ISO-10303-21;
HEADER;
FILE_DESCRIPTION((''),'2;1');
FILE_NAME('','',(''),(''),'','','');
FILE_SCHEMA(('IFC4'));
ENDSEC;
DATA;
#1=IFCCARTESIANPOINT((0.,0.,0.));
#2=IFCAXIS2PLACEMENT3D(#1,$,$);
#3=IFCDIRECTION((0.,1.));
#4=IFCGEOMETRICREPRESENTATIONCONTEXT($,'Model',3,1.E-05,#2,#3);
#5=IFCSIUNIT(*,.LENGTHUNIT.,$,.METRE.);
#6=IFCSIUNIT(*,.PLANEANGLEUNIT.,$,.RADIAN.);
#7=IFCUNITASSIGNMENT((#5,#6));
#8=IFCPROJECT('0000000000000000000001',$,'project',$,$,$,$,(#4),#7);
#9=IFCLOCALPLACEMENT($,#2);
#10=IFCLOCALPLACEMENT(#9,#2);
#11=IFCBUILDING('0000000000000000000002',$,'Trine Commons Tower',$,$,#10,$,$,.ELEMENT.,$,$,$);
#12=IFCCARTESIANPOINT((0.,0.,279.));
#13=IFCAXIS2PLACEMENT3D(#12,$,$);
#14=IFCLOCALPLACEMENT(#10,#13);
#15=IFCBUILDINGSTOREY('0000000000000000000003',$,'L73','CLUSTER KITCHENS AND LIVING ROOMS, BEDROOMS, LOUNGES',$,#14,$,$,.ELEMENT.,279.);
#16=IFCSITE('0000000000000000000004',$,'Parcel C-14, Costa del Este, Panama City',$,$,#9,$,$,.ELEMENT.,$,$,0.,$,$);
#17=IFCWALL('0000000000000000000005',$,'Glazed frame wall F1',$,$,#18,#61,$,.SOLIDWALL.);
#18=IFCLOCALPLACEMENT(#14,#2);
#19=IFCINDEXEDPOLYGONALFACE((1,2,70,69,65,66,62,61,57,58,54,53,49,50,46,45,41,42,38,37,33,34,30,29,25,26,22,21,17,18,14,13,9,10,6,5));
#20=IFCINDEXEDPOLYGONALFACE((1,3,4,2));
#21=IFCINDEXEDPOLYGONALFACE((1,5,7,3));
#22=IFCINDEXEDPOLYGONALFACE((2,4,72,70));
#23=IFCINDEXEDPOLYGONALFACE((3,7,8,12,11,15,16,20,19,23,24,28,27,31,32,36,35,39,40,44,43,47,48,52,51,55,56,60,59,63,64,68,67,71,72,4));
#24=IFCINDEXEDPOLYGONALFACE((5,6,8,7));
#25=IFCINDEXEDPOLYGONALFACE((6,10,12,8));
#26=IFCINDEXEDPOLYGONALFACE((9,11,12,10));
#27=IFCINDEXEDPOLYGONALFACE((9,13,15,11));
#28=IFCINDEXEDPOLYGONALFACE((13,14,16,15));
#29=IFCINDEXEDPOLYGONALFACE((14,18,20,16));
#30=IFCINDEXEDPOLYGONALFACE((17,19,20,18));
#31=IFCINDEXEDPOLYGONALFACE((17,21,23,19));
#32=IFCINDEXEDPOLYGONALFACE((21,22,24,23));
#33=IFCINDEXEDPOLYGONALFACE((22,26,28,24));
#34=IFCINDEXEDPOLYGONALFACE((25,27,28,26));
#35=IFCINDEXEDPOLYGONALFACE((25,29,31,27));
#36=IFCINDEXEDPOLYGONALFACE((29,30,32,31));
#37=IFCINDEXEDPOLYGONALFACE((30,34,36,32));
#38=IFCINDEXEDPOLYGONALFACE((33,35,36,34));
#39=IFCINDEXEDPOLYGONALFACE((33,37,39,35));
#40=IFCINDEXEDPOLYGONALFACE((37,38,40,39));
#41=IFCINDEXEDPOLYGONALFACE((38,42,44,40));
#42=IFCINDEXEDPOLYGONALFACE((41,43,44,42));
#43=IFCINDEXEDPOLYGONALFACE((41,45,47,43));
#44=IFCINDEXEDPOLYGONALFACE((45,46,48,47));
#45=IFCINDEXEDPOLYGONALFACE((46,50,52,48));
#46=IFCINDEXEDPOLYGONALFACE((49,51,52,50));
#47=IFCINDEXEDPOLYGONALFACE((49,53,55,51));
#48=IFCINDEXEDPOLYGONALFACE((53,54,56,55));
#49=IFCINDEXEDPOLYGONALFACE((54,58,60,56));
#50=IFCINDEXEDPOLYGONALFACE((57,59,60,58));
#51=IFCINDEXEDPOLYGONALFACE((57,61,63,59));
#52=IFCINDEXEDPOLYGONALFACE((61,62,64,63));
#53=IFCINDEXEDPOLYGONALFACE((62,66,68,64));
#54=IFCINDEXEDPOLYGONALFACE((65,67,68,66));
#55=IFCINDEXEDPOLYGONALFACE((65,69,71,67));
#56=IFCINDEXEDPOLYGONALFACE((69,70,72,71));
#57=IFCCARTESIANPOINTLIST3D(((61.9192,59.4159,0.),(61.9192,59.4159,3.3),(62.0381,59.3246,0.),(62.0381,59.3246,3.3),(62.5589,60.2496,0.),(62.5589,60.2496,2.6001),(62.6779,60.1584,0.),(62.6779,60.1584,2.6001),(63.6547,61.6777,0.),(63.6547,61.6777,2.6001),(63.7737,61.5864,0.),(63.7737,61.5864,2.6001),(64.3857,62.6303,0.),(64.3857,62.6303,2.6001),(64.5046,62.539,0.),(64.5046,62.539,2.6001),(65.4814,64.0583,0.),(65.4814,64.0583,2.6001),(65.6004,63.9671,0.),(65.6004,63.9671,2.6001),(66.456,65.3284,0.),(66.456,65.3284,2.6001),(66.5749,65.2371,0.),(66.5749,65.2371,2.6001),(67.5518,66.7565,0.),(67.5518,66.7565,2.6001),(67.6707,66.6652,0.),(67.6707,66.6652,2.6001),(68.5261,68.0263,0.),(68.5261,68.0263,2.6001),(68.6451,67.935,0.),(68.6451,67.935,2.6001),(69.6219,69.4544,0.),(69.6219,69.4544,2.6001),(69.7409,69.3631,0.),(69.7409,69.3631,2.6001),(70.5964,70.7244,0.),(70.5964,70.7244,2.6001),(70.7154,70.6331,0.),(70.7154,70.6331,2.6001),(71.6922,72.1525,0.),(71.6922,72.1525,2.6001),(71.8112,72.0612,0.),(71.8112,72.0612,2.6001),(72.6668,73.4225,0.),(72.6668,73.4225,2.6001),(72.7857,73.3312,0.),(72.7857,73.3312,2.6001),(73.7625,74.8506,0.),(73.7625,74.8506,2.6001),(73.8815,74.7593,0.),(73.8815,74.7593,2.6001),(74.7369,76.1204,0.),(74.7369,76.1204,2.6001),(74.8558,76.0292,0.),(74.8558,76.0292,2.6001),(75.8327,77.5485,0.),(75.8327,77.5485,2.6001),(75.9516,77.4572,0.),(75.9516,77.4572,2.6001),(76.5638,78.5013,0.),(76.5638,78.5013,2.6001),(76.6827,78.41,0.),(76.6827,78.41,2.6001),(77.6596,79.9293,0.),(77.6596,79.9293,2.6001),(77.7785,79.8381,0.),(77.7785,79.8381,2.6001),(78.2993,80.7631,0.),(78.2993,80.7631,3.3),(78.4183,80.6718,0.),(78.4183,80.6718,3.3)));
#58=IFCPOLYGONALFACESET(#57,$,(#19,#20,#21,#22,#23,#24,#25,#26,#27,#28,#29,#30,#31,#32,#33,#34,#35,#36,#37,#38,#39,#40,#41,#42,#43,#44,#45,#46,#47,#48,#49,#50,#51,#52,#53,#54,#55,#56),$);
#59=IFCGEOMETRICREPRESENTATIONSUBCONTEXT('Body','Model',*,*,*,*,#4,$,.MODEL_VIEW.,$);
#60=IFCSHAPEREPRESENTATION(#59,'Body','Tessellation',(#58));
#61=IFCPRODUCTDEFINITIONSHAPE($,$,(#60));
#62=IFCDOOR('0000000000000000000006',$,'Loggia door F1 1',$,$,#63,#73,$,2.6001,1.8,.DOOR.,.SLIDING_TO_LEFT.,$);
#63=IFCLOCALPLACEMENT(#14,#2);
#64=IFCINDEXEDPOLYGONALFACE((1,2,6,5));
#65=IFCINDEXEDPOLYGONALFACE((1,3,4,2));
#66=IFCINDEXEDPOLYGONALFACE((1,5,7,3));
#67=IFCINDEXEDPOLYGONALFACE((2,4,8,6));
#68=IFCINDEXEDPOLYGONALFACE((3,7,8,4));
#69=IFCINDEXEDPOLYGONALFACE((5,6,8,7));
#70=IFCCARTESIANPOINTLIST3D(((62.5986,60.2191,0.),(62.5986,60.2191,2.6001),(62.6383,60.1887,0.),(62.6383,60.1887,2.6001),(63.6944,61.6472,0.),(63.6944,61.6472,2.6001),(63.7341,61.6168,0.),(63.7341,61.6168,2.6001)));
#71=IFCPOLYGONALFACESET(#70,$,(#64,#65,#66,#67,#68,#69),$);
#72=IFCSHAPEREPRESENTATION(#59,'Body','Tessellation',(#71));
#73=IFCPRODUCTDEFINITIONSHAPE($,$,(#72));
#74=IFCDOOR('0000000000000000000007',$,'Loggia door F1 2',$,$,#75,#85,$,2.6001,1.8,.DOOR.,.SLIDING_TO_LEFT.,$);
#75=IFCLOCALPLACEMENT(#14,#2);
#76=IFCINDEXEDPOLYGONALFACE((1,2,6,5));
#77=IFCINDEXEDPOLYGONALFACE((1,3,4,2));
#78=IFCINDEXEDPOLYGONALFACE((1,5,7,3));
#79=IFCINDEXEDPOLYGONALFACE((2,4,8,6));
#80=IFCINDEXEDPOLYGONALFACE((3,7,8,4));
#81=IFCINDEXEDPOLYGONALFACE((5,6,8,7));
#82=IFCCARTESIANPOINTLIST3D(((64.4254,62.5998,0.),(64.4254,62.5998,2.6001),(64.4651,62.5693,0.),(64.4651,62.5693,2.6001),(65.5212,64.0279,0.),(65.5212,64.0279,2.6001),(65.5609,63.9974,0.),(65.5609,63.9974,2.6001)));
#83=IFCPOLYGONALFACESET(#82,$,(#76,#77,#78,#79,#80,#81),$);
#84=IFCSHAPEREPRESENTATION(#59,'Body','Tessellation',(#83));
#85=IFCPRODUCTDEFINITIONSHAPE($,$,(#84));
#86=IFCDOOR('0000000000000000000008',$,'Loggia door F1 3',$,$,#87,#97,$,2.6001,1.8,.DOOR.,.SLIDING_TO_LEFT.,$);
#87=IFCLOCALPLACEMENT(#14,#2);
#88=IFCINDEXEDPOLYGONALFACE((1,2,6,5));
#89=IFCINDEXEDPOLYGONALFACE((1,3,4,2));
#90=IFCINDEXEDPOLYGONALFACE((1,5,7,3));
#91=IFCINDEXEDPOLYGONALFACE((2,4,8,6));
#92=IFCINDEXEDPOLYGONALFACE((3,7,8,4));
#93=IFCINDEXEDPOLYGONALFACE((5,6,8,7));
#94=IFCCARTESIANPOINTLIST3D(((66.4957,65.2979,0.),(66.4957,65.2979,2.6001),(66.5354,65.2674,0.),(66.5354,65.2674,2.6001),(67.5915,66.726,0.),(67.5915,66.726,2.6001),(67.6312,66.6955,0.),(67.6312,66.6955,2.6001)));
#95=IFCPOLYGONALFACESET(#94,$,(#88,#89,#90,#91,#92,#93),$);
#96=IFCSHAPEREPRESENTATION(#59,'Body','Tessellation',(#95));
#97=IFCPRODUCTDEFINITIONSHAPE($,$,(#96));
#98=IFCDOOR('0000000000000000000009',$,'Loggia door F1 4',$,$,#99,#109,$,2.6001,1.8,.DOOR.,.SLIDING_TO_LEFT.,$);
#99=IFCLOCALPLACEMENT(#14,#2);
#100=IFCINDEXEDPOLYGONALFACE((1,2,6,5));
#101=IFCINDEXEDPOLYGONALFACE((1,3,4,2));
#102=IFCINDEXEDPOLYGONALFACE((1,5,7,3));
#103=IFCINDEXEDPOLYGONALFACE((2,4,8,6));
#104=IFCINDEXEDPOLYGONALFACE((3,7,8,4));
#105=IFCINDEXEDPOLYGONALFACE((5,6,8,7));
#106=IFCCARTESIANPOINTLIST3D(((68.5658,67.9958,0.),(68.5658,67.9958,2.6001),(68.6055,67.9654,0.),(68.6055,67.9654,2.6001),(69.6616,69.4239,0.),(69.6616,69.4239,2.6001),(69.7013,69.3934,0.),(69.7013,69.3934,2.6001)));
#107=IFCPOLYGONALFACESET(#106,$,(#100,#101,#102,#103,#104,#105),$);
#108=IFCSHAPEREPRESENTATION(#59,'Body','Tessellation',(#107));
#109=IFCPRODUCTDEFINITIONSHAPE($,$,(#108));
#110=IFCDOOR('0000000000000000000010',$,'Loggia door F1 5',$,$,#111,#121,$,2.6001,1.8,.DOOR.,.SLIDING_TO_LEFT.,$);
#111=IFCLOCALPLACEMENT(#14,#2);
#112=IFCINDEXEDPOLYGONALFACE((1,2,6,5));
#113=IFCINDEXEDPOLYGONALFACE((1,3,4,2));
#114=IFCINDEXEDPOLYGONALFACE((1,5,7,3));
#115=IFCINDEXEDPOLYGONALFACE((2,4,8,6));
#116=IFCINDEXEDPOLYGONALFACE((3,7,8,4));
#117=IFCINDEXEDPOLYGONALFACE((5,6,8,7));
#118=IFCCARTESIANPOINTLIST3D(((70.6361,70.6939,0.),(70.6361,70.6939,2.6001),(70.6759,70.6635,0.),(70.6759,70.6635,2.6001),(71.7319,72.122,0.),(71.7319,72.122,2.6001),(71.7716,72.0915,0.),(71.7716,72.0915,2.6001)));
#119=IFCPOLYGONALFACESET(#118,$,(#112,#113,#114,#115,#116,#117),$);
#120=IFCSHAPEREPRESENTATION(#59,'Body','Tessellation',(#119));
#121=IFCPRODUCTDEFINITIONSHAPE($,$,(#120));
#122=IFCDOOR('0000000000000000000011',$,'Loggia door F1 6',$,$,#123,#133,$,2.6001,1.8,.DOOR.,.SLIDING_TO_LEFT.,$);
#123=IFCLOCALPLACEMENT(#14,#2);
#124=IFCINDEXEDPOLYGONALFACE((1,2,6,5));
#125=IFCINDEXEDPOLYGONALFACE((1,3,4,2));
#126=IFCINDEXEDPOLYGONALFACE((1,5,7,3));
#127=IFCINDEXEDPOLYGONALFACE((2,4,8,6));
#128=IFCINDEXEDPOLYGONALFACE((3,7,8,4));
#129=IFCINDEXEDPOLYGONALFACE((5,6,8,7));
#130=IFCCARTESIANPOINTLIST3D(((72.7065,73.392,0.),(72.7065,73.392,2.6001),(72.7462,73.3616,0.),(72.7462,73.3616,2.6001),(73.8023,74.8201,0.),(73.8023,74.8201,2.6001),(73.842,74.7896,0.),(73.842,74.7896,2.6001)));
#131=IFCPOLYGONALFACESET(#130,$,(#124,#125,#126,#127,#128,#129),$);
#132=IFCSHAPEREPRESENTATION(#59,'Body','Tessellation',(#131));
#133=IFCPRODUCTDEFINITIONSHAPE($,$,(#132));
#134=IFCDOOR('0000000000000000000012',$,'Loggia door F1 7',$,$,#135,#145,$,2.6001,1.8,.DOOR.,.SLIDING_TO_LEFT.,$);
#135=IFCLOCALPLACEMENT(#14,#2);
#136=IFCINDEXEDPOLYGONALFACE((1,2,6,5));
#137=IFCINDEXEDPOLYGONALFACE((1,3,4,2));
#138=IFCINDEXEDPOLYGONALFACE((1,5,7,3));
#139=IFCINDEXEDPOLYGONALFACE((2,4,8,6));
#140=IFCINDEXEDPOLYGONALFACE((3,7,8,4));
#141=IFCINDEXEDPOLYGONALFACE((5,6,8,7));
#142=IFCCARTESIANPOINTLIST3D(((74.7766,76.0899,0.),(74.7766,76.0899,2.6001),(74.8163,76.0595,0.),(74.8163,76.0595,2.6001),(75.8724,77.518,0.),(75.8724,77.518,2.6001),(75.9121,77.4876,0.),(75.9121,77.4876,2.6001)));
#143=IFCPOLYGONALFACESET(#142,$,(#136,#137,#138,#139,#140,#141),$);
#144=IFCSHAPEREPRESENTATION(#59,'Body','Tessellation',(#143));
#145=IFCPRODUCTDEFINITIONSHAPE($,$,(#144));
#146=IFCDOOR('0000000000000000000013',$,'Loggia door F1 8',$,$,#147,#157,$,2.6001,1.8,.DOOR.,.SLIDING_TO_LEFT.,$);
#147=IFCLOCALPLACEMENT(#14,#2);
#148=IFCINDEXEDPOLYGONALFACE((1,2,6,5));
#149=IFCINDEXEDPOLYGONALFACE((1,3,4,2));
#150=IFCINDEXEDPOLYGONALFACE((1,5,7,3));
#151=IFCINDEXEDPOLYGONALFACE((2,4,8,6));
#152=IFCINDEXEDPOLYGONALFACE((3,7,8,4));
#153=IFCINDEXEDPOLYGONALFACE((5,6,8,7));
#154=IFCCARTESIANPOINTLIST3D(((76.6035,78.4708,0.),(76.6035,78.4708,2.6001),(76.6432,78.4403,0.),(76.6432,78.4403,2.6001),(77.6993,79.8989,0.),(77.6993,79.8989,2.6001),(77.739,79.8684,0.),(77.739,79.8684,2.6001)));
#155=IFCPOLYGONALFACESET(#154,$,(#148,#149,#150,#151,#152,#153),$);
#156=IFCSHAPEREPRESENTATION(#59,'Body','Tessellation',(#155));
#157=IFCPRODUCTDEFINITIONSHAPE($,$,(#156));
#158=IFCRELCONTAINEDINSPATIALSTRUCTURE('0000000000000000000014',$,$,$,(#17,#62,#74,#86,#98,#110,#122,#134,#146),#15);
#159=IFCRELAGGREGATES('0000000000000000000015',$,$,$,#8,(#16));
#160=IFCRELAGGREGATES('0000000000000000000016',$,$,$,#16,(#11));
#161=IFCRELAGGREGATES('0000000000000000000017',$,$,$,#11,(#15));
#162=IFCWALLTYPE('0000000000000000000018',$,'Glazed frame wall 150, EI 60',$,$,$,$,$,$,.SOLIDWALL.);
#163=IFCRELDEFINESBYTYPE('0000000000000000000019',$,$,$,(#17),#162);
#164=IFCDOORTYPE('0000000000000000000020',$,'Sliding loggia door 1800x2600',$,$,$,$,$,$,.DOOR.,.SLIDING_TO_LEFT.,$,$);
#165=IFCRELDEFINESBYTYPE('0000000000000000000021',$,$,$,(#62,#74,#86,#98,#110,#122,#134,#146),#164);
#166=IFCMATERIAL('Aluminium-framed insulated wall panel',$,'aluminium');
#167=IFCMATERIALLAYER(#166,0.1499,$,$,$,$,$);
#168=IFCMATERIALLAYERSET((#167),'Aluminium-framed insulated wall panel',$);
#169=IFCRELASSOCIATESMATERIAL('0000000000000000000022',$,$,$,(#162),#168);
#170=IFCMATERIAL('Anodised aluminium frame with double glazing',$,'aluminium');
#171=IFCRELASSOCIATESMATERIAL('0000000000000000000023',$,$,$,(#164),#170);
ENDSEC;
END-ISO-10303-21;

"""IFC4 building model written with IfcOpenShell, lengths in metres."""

from ifc_helpers import new_model, si_unit, direction, frame, frame_2d, origin, place, context, subcontext, project, spatial, polyline, rectangle, outline, extrude, material, layer, layer_set, type_object, element, fill, save


model = new_model("IFC4")

# Units and contexts
model_context = context("Model", 3, precision=1e-05, world=origin(), true_north=direction((0.0, 1.0)))
body_context = subcontext(model_context, "Body", "Model", "MODEL_VIEW")
ifc_project = project(units=[si_unit("LENGTHUNIT", "METRE"), si_unit("PLANEANGLEUNIT", "RADIAN")], contexts=[model_context])

# Site, building, storey
site_placement = place(None, origin())
site = spatial("IfcSite", under=ifc_project, at=site_placement, Name="Parcel C-14, Costa del Este, Panama City", CompositionType="ELEMENT", RefElevation=0.0)
building_placement = place(site_placement, origin())
building = spatial("IfcBuilding", under=site, at=building_placement, Name="Trine Commons Tower", CompositionType="ELEMENT")
storey_placement = place(building_placement, frame((0.0, 0.0, 279.0)))
storey = spatial("IfcBuildingStorey", under=building, at=storey_placement, Name="L73", Description="CLUSTER KITCHENS AND LIVING ROOMS, BEDROOMS, LOUNGES", CompositionType="ELEMENT", Elevation=279.0)

# Wall, openings, doors
ifc_material_1 = material(Name="Aluminium-framed insulated wall panel", Category="aluminium")
ifc_layer_1 = layer(ifc_material_1, 0.1499)
ifc_layer_set_1 = layer_set([ifc_layer_1], Name="Aluminium-framed insulated wall panel")
wall_type_1 = type_object("IfcWallType", Name="Glazed frame wall 150, EI 60", PredefinedType="SOLIDWALL", material=ifc_layer_set_1)
wall_1_placement = place(storey_placement, frame((61.8877, 59.2517, 0.0), z_axis=(0.0, 0.0, 1.0), x_axis=(0.608758, 0.793356, 0.0)))
wall_1 = element("IfcWall", 1, at=wall_1_placement, inside=storey, type_object=wall_type_1, Name="Glazed frame wall F1", PredefinedType="SOLIDWALL", context=body_context, shape_type="SweptSolid", body=[
    extrude(outline(polyline([(0.1494, 0.075), (0.1494, -0.075), (27.0569, -0.075), (27.0569, 0.075), (0.1494, 0.075)])), origin(), (0.0, 0.0, 1.0), 3.3),
])
opening_1_placement = place(wall_1_placement, frame((1.2004, 0.0, 0.0)))
opening_1 = element("IfcOpeningElement", 2, at=opening_1_placement, cuts=wall_1, PredefinedType="OPENING", context=body_context, shape_type="SweptSolid", body=[
    extrude(rectangle(XDim=1.8, YDim=2.6001, at=frame_2d((0.8999, 1.3))), frame((0.0, 0.085, 0.0), z_axis=(0.0, -1.0, 0.0), x_axis=(1.0, 0.0, 0.0)), (0.0, 0.0, 1.0), 0.1699),
])
opening_2_placement = place(wall_1_placement, frame((4.2012, 0.0, 0.0)))
opening_2 = element("IfcOpeningElement", 3, at=opening_2_placement, cuts=wall_1, PredefinedType="OPENING", context=body_context, shape_type="SweptSolid", body=[
    extrude(rectangle(XDim=1.8, YDim=2.6001, at=frame_2d((0.8999, 1.3))), frame((0.0, 0.085, 0.0), z_axis=(0.0, -1.0, 0.0), x_axis=(1.0, 0.0, 0.0)), (0.0, 0.0, 1.0), 0.1699),
])
opening_3_placement = place(wall_1_placement, frame((7.6021, 0.0, 0.0)))
opening_3 = element("IfcOpeningElement", 4, at=opening_3_placement, cuts=wall_1, PredefinedType="OPENING", context=body_context, shape_type="SweptSolid", body=[
    extrude(rectangle(XDim=1.8, YDim=2.6001, at=frame_2d((0.8999, 1.3))), frame((0.0, 0.085, 0.0), z_axis=(0.0, -1.0, 0.0), x_axis=(1.0, 0.0, 0.0)), (0.0, 0.0, 1.0), 0.1699),
])
opening_4_placement = place(wall_1_placement, frame((11.0027, 0.0, 0.0)))
opening_4 = element("IfcOpeningElement", 5, at=opening_4_placement, cuts=wall_1, PredefinedType="OPENING", context=body_context, shape_type="SweptSolid", body=[
    extrude(rectangle(XDim=1.8, YDim=2.6001, at=frame_2d((0.8999, 1.3))), frame((0.0, 0.085, 0.0), z_axis=(0.0, -1.0, 0.0), x_axis=(1.0, 0.0, 0.0)), (0.0, 0.0, 1.0), 0.1699),
])
opening_5_placement = place(wall_1_placement, frame((14.4036, 0.0, 0.0)))
opening_5 = element("IfcOpeningElement", 6, at=opening_5_placement, cuts=wall_1, PredefinedType="OPENING", context=body_context, shape_type="SweptSolid", body=[
    extrude(rectangle(XDim=1.8, YDim=2.6001, at=frame_2d((0.8999, 1.3))), frame((0.0, 0.085, 0.0), z_axis=(0.0, -1.0, 0.0), x_axis=(1.0, 0.0, 0.0)), (0.0, 0.0, 1.0), 0.1699),
])
opening_6_placement = place(wall_1_placement, frame((17.8044, 0.0, 0.0)))
opening_6 = element("IfcOpeningElement", 7, at=opening_6_placement, cuts=wall_1, PredefinedType="OPENING", context=body_context, shape_type="SweptSolid", body=[
    extrude(rectangle(XDim=1.8, YDim=2.6001, at=frame_2d((0.8999, 1.3))), frame((0.0, 0.085, 0.0), z_axis=(0.0, -1.0, 0.0), x_axis=(1.0, 0.0, 0.0)), (0.0, 0.0, 1.0), 0.1699),
])
opening_7_placement = place(wall_1_placement, frame((21.2051, 0.0, 0.0)))
opening_7 = element("IfcOpeningElement", 8, at=opening_7_placement, cuts=wall_1, PredefinedType="OPENING", context=body_context, shape_type="SweptSolid", body=[
    extrude(rectangle(XDim=1.8, YDim=2.6001, at=frame_2d((0.8999, 1.3))), frame((0.0, 0.085, 0.0), z_axis=(0.0, -1.0, 0.0), x_axis=(1.0, 0.0, 0.0)), (0.0, 0.0, 1.0), 0.1699),
])
opening_8_placement = place(wall_1_placement, frame((24.2061, 0.0, 0.0)))
opening_8 = element("IfcOpeningElement", 9, at=opening_8_placement, cuts=wall_1, PredefinedType="OPENING", context=body_context, shape_type="SweptSolid", body=[
    extrude(rectangle(XDim=1.8, YDim=2.6001, at=frame_2d((0.8999, 1.3))), frame((0.0, 0.085, 0.0), z_axis=(0.0, -1.0, 0.0), x_axis=(1.0, 0.0, 0.0)), (0.0, 0.0, 1.0), 0.1699),
])
ifc_material_2 = material(Name="Anodised aluminium frame with double glazing", Category="aluminium")
door_type_1 = type_object("IfcDoorType", Name="Sliding loggia door 1800x2600", OperationType="SLIDING_TO_LEFT", PredefinedType="DOOR", material=ifc_material_2)
door_1_placement = place(opening_1_placement, origin())
door_1 = element("IfcDoor", 10, at=door_1_placement, inside=storey, type_object=door_type_1, Name="Loggia door F1 1", OperationType="SLIDING_TO_LEFT", OverallHeight=2.6001, OverallWidth=1.8, PredefinedType="DOOR", context=body_context, shape_type="SweptSolid", body=[
    extrude(rectangle(XDim=1.8, YDim=2.6001, at=frame_2d((0.8999, 1.3))), frame((0.0, 0.0249, 0.0), z_axis=(0.0, -1.0, 0.0), x_axis=(1.0, 0.0, 0.0)), (0.0, 0.0, 1.0), 0.05),
])
fill(opening_1, door_1)
door_2_placement = place(opening_2_placement, origin())
door_2 = element("IfcDoor", 11, at=door_2_placement, inside=storey, type_object=door_type_1, Name="Loggia door F1 2", OperationType="SLIDING_TO_LEFT", OverallHeight=2.6001, OverallWidth=1.8, PredefinedType="DOOR", context=body_context, shape_type="SweptSolid", body=[
    extrude(rectangle(XDim=1.8, YDim=2.6001, at=frame_2d((0.8999, 1.3))), frame((0.0, 0.0249, 0.0), z_axis=(0.0, -1.0, 0.0), x_axis=(1.0, 0.0, 0.0)), (0.0, 0.0, 1.0), 0.05),
])
fill(opening_2, door_2)
door_3_placement = place(opening_3_placement, origin())
door_3 = element("IfcDoor", 12, at=door_3_placement, inside=storey, type_object=door_type_1, Name="Loggia door F1 3", OperationType="SLIDING_TO_LEFT", OverallHeight=2.6001, OverallWidth=1.8, PredefinedType="DOOR", context=body_context, shape_type="SweptSolid", body=[
    extrude(rectangle(XDim=1.8, YDim=2.6001, at=frame_2d((0.8999, 1.3))), frame((0.0, 0.0249, 0.0), z_axis=(0.0, -1.0, 0.0), x_axis=(1.0, 0.0, 0.0)), (0.0, 0.0, 1.0), 0.05),
])
fill(opening_3, door_3)
door_4_placement = place(opening_4_placement, origin())
door_4 = element("IfcDoor", 13, at=door_4_placement, inside=storey, type_object=door_type_1, Name="Loggia door F1 4", OperationType="SLIDING_TO_LEFT", OverallHeight=2.6001, OverallWidth=1.8, PredefinedType="DOOR", context=body_context, shape_type="SweptSolid", body=[
    extrude(rectangle(XDim=1.8, YDim=2.6001, at=frame_2d((0.8999, 1.3))), frame((0.0, 0.0249, 0.0), z_axis=(0.0, -1.0, 0.0), x_axis=(1.0, 0.0, 0.0)), (0.0, 0.0, 1.0), 0.05),
])
fill(opening_4, door_4)
door_5_placement = place(opening_5_placement, origin())
door_5 = element("IfcDoor", 14, at=door_5_placement, inside=storey, type_object=door_type_1, Name="Loggia door F1 5", OperationType="SLIDING_TO_LEFT", OverallHeight=2.6001, OverallWidth=1.8, PredefinedType="DOOR", context=body_context, shape_type="SweptSolid", body=[
    extrude(rectangle(XDim=1.8, YDim=2.6001, at=frame_2d((0.8999, 1.3))), frame((0.0, 0.0249, 0.0), z_axis=(0.0, -1.0, 0.0), x_axis=(1.0, 0.0, 0.0)), (0.0, 0.0, 1.0), 0.05),
])
fill(opening_5, door_5)
door_6_placement = place(opening_6_placement, origin())
door_6 = element("IfcDoor", 15, at=door_6_placement, inside=storey, type_object=door_type_1, Name="Loggia door F1 6", OperationType="SLIDING_TO_LEFT", OverallHeight=2.6001, OverallWidth=1.8, PredefinedType="DOOR", context=body_context, shape_type="SweptSolid", body=[
    extrude(rectangle(XDim=1.8, YDim=2.6001, at=frame_2d((0.8999, 1.3))), frame((0.0, 0.0249, 0.0), z_axis=(0.0, -1.0, 0.0), x_axis=(1.0, 0.0, 0.0)), (0.0, 0.0, 1.0), 0.05),
])
fill(opening_6, door_6)
door_7_placement = place(opening_7_placement, origin())
door_7 = element("IfcDoor", 16, at=door_7_placement, inside=storey, type_object=door_type_1, Name="Loggia door F1 7", OperationType="SLIDING_TO_LEFT", OverallHeight=2.6001, OverallWidth=1.8, PredefinedType="DOOR", context=body_context, shape_type="SweptSolid", body=[
    extrude(rectangle(XDim=1.8, YDim=2.6001, at=frame_2d((0.8999, 1.3))), frame((0.0, 0.0249, 0.0), z_axis=(0.0, -1.0, 0.0), x_axis=(1.0, 0.0, 0.0)), (0.0, 0.0, 1.0), 0.05),
])
fill(opening_7, door_7)
door_8_placement = place(opening_8_placement, origin())
door_8 = element("IfcDoor", 17, at=door_8_placement, inside=storey, type_object=door_type_1, Name="Loggia door F1 8", OperationType="SLIDING_TO_LEFT", OverallHeight=2.6001, OverallWidth=1.8, PredefinedType="DOOR", context=body_context, shape_type="SweptSolid", body=[
    extrude(rectangle(XDim=1.8, YDim=2.6001, at=frame_2d((0.8999, 1.3))), frame((0.0, 0.0249, 0.0), z_axis=(0.0, -1.0, 0.0), x_axis=(1.0, 0.0, 0.0)), (0.0, 0.0, 1.0), 0.05),
])
fill(opening_8, door_8)

save(model, "model.ifc")
